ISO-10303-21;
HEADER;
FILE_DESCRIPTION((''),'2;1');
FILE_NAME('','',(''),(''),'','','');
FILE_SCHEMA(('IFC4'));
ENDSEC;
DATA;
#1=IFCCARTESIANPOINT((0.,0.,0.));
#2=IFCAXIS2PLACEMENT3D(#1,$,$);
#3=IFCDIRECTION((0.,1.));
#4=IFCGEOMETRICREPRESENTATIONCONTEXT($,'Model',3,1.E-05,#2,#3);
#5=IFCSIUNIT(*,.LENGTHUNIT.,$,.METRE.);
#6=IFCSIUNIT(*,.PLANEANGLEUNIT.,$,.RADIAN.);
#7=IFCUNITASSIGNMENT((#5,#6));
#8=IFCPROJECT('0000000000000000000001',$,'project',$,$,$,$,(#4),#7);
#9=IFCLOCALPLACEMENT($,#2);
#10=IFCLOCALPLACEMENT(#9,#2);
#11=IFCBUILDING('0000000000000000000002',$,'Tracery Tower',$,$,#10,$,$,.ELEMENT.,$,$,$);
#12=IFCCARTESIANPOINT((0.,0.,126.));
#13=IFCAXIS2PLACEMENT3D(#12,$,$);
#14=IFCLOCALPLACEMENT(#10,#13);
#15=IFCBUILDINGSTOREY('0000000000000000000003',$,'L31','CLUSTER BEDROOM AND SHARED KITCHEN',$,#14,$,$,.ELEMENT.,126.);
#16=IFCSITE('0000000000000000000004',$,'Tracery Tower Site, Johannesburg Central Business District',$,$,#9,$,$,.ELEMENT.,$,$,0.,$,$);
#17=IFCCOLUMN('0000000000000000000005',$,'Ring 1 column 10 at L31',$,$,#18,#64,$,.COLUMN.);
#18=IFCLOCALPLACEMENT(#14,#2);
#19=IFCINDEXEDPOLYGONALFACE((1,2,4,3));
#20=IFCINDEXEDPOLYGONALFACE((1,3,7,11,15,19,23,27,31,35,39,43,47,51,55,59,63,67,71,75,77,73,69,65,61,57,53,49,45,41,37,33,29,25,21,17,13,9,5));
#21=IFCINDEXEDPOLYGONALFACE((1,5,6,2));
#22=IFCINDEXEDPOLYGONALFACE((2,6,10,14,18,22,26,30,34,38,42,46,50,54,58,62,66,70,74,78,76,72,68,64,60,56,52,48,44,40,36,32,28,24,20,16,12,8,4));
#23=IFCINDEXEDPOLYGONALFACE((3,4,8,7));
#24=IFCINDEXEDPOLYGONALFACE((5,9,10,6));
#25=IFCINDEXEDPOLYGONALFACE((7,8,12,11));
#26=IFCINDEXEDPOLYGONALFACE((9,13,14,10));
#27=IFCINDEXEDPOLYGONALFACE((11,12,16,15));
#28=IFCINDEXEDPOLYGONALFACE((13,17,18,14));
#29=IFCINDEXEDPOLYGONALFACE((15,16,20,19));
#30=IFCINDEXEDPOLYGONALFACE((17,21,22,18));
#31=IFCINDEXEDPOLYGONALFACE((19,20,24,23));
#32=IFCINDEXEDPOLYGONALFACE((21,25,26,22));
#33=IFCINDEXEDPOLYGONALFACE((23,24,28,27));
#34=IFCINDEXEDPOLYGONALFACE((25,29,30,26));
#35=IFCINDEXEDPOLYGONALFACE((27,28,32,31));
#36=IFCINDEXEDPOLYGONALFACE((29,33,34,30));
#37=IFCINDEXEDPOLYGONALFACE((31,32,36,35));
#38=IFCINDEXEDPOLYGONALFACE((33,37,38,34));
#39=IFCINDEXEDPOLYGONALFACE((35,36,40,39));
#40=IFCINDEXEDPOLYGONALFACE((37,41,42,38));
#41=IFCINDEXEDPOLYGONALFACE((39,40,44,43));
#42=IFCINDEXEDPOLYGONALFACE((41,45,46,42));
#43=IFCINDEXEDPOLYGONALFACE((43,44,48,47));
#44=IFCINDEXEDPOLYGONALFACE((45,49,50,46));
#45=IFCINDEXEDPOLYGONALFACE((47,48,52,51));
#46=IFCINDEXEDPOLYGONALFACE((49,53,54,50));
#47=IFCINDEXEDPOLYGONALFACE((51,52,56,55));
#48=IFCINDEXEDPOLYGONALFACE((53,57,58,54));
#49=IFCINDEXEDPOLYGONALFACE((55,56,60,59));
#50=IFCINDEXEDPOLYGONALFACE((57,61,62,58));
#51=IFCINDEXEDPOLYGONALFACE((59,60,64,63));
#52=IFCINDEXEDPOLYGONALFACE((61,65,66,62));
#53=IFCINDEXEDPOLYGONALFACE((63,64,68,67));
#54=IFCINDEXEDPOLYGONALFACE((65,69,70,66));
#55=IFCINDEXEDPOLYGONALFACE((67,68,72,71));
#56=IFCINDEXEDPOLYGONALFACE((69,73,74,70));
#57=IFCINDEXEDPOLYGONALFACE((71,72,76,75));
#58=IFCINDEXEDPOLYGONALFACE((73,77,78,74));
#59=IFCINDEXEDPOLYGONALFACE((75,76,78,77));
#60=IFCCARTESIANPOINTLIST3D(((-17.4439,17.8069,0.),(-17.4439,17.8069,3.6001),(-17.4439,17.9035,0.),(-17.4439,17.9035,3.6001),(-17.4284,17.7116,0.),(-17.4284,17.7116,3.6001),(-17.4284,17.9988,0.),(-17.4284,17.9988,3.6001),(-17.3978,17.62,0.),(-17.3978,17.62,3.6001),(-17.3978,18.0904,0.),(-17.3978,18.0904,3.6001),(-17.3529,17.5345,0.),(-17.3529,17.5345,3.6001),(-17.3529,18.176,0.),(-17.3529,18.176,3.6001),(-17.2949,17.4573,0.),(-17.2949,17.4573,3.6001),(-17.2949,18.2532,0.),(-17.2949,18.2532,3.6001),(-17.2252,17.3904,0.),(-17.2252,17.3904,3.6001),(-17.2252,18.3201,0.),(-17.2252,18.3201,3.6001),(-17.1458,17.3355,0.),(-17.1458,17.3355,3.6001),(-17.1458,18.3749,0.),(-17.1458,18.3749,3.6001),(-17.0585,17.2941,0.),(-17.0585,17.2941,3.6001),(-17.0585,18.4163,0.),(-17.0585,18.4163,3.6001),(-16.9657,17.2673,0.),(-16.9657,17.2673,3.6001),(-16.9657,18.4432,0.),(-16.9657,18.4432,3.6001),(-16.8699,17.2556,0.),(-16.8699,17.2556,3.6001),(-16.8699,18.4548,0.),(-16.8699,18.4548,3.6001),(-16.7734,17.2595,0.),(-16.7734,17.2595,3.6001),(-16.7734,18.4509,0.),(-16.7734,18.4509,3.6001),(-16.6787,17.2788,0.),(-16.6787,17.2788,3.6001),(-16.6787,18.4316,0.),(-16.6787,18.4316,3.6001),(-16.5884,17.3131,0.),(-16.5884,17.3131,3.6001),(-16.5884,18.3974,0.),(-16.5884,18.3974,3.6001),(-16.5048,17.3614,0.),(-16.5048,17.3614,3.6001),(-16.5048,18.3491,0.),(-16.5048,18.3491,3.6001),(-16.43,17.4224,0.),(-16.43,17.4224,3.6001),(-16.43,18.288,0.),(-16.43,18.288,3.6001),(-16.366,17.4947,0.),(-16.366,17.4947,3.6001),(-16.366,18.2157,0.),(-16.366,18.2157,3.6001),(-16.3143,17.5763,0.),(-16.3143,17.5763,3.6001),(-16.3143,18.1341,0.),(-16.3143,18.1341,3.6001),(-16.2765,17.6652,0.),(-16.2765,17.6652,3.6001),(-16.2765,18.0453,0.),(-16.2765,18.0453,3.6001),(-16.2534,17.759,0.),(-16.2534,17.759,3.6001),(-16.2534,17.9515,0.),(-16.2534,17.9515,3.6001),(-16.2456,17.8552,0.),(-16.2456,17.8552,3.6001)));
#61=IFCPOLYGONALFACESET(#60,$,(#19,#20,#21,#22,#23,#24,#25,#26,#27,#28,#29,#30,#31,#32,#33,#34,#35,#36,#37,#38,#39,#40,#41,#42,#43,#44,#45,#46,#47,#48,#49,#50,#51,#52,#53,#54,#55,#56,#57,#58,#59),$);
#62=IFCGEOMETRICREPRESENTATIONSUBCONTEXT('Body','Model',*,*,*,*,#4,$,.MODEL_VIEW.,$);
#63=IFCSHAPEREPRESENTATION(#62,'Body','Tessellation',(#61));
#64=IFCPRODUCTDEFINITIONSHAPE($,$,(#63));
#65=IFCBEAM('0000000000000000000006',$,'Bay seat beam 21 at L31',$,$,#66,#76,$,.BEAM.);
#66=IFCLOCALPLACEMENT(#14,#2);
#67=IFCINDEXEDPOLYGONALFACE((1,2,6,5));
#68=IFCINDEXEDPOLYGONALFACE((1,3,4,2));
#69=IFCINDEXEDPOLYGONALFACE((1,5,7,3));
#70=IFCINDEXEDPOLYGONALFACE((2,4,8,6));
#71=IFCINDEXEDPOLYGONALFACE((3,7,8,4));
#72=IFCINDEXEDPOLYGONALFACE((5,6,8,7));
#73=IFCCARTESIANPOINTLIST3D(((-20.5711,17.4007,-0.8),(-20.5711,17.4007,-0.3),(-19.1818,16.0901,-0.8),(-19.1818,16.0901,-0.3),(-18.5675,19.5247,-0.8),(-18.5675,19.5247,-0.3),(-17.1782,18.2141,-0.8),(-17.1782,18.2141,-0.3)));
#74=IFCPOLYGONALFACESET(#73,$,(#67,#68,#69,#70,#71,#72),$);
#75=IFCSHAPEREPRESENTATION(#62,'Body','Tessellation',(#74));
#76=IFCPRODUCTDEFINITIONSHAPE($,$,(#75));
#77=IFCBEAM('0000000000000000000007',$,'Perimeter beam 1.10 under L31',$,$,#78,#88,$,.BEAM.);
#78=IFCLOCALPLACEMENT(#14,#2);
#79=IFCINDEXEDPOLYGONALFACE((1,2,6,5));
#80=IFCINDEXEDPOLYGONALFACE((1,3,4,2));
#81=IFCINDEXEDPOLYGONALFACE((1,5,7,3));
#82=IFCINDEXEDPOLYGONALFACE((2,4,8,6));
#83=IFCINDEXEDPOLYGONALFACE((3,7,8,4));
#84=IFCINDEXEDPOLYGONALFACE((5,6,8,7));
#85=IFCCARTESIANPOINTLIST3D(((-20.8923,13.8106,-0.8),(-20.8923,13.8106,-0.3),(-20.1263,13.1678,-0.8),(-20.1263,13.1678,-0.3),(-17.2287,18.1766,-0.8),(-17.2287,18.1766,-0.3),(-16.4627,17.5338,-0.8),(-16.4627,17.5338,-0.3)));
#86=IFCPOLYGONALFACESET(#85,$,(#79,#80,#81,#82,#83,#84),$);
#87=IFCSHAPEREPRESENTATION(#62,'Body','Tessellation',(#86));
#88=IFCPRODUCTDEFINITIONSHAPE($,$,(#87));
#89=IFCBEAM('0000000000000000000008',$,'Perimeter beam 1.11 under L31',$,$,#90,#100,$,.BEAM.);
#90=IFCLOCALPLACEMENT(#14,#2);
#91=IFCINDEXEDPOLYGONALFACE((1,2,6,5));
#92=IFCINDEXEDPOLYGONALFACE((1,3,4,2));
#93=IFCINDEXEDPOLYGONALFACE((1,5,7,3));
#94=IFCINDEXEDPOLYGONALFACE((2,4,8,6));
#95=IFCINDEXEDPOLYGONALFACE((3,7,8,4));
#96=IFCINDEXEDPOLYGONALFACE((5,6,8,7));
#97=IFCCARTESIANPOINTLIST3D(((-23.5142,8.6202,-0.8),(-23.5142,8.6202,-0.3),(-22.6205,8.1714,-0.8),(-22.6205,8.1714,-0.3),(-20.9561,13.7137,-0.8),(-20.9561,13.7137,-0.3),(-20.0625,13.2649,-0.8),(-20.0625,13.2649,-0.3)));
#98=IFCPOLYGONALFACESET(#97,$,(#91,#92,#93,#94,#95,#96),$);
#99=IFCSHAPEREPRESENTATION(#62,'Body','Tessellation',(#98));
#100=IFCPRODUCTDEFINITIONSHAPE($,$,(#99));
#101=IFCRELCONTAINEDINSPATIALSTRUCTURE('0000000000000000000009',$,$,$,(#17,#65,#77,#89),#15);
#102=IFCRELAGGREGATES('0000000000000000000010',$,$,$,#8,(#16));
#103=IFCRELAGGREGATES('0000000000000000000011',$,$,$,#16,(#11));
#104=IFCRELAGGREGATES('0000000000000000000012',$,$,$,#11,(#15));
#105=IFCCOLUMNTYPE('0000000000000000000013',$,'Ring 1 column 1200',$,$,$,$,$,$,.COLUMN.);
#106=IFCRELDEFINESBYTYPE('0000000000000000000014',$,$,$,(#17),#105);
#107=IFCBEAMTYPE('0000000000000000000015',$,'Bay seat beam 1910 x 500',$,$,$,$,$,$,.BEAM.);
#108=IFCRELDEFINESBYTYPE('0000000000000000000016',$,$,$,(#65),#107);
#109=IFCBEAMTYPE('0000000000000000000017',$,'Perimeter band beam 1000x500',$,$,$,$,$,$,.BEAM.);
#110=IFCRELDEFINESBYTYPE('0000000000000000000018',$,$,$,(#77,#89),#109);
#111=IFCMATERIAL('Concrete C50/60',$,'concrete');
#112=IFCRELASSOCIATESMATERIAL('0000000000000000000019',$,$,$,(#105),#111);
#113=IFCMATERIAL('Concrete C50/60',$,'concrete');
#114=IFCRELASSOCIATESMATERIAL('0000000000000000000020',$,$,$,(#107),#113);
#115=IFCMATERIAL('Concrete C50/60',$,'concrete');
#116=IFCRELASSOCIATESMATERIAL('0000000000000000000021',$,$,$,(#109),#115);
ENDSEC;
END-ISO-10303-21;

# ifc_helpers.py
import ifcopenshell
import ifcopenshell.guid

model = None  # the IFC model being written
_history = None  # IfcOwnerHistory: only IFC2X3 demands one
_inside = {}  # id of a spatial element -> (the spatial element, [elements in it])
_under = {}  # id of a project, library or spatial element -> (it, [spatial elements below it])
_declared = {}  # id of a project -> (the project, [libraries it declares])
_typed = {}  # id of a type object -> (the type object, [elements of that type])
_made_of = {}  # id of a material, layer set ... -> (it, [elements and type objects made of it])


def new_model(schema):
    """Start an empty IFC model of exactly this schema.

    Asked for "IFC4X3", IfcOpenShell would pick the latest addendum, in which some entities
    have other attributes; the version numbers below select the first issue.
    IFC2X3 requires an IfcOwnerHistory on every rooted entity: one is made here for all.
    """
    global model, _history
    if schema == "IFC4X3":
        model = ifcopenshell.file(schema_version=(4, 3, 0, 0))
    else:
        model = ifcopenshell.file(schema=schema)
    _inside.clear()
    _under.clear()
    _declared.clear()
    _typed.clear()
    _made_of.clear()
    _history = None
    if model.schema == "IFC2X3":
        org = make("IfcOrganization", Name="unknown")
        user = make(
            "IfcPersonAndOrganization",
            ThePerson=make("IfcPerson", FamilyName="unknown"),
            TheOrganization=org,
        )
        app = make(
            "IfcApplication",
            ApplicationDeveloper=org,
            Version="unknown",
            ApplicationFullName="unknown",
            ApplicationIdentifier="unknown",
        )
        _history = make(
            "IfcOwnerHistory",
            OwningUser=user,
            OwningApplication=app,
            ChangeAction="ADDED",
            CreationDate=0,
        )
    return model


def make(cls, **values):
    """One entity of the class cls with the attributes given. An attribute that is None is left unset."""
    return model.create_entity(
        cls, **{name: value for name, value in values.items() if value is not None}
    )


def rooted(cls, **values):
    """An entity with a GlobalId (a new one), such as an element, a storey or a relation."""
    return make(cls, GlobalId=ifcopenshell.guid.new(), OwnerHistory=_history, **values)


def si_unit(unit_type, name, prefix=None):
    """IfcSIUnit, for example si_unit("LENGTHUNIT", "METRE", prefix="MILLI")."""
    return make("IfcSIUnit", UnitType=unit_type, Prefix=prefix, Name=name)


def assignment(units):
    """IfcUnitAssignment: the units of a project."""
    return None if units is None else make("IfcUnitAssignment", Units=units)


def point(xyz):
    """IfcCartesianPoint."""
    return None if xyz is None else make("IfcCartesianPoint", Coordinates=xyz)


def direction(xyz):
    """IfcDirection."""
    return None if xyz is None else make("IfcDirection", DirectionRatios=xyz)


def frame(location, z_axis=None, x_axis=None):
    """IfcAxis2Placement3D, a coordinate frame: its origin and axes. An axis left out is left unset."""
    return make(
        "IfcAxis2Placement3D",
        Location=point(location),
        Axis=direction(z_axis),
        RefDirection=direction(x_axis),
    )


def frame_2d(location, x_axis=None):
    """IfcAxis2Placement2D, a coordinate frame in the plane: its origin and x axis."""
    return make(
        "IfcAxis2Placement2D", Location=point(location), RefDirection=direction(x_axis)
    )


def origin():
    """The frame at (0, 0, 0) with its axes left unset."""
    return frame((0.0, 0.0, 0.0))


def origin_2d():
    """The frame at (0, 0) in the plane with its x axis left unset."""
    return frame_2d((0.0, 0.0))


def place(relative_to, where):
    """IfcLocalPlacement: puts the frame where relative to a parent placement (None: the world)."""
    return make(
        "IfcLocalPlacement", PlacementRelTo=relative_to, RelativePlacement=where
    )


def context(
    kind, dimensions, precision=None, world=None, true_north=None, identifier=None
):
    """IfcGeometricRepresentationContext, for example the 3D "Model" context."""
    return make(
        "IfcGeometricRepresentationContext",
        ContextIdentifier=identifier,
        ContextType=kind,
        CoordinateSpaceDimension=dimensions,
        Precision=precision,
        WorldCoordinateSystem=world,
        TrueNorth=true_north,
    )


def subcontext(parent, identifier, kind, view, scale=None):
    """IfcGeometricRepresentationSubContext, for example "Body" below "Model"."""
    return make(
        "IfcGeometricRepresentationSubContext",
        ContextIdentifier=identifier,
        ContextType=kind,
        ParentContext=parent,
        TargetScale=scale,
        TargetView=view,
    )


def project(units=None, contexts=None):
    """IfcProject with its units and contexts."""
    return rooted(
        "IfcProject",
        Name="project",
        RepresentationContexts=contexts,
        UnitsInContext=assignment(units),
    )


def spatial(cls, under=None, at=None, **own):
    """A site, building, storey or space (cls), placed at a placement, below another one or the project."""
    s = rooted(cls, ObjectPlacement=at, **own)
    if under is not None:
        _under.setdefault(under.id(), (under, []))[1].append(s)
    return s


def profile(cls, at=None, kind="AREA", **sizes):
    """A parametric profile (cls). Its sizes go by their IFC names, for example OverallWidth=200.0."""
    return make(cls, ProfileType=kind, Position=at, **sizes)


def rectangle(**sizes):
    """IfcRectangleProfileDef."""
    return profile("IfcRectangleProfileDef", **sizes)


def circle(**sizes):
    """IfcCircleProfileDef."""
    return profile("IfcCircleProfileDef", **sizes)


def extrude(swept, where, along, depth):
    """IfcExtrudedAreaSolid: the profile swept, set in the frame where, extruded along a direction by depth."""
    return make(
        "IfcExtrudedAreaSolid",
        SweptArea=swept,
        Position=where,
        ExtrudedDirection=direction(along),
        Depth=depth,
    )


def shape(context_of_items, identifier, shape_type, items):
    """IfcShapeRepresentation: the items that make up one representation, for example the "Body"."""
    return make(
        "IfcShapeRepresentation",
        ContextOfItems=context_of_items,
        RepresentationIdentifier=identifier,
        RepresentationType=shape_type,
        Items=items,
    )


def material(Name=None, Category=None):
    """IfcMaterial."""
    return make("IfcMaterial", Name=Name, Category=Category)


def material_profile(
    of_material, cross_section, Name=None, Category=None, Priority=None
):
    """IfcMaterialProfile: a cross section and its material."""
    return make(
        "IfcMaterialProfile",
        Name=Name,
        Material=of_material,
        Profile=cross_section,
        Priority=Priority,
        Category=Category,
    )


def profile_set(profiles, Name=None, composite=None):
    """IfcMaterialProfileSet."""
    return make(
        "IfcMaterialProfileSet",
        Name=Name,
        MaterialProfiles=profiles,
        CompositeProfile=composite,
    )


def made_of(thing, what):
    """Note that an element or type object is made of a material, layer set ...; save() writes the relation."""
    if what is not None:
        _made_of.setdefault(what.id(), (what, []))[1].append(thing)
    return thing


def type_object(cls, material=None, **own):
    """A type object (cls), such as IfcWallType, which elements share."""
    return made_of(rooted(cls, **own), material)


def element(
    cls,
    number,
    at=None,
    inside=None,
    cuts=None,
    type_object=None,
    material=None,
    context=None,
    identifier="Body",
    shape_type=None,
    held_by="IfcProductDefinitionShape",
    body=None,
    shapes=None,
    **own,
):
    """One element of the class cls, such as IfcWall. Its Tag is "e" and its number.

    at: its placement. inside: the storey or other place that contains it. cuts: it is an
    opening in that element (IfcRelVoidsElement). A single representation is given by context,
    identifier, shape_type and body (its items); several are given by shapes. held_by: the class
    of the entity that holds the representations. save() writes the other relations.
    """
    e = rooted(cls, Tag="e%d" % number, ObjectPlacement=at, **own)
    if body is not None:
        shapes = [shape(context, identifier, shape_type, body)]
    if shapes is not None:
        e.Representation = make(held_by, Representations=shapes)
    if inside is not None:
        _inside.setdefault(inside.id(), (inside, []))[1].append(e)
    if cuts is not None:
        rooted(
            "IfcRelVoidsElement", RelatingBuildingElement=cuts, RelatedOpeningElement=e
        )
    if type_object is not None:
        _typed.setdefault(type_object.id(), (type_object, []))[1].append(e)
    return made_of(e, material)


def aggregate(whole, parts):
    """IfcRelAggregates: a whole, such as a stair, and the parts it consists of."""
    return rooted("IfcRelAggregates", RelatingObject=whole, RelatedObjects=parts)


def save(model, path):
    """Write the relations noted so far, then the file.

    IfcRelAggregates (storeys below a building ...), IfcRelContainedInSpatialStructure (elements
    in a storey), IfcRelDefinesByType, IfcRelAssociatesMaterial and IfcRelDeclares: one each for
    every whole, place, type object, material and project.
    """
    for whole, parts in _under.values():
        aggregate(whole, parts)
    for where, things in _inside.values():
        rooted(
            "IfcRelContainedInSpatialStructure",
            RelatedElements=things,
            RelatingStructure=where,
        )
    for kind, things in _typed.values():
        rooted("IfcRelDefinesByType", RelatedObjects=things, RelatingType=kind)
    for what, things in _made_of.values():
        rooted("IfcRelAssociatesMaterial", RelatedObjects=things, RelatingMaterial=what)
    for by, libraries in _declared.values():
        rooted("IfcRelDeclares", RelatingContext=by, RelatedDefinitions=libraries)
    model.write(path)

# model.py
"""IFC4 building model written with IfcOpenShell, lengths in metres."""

from ifc_helpers import new_model, si_unit, direction, frame, origin, origin_2d, place, context, subcontext, project, spatial, rectangle, circle, extrude, material, material_profile, profile_set, type_object, element, save


model = new_model("IFC4")

# Units and contexts
model_context = context("Model", 3, precision=1e-05, world=origin(), true_north=direction((0.0, 1.0)))
body_context = subcontext(model_context, "Body", "Model", "MODEL_VIEW")
ifc_project = project(units=[si_unit("LENGTHUNIT", "METRE"), si_unit("PLANEANGLEUNIT", "RADIAN")], contexts=[model_context])

# Site, building, storey
site_placement = place(None, origin())
site = spatial("IfcSite", under=ifc_project, at=site_placement, Name="Tracery Tower Site, Johannesburg Central Business District", CompositionType="ELEMENT", RefElevation=0.0)
building_placement = place(site_placement, origin())
building = spatial("IfcBuilding", under=site, at=building_placement, Name="Tracery Tower", CompositionType="ELEMENT")
storey_placement = place(building_placement, frame((0.0, 0.0, 126.0)))
storey = spatial("IfcBuildingStorey", under=building, at=storey_placement, Name="L31", Description="CLUSTER BEDROOM AND SHARED KITCHEN", CompositionType="ELEMENT", Elevation=126.0)

# Column
ifc_material_1 = material(Name="Concrete C50/60", Category="concrete")
ifc_material_profile_1 = material_profile(ifc_material_1, circle(Radius=0.6001, at=origin_2d()), Name="RC D1200")
ifc_profile_set_1 = profile_set([ifc_material_profile_1], Name="Concrete C50/60")
column_type = type_object("IfcColumnType", Name="Ring 1 column 1200", PredefinedType="COLUMN", material=ifc_profile_set_1)
column_placement = place(storey_placement, frame((-16.8457, 17.8552, 0.0), z_axis=(0.0, 0.0, 1.0), x_axis=(1.0, 0.0, 0.0)))
element("IfcColumn", 1, at=column_placement, inside=storey, type_object=column_type, Name="Ring 1 column 10 at L31", PredefinedType="COLUMN", context=body_context, shape_type="SweptSolid", body=[
    extrude(circle(Radius=0.6001, at=origin_2d()), origin(), (0.0, 0.0, 1.0), 3.6001),
])

# Beams
ifc_material_2 = material(Name="Concrete C50/60", Category="concrete")
ifc_material_profile_2 = material_profile(ifc_material_2, rectangle(XDim=1.9099, YDim=0.5, at=origin_2d()), Name="RC 1910x500")
ifc_profile_set_2 = profile_set([ifc_material_profile_2], Name="Concrete C50/60")
beam_type_1 = type_object("IfcBeamType", Name="Bay seat beam 1910 x 500", PredefinedType="BEAM", material=ifc_profile_set_2)
beam_1_placement = place(storey_placement, frame((-17.8728, 18.8694, -0.55), z_axis=(-0.686196, -0.727416, 0.0), x_axis=(0.727416, -0.686196, 0.0)))
element("IfcBeam", 2, at=beam_1_placement, inside=storey, type_object=beam_type_1, Name="Bay seat beam 21 at L31", PredefinedType="BEAM", context=body_context, shape_type="SweptSolid", body=[
    extrude(rectangle(XDim=1.9099, YDim=0.5, at=origin_2d()), origin(), (0.0, 0.0, 1.0), 2.9199),
])
ifc_material_3 = material(Name="Concrete C50/60", Category="concrete")
ifc_material_profile_3 = material_profile(ifc_material_3, rectangle(XDim=1.0, YDim=0.5, at=origin_2d()), Name="RC 1000x500")
ifc_profile_set_3 = profile_set([ifc_material_profile_3], Name="Concrete C50/60")
beam_type_2 = type_object("IfcBeamType", Name="Perimeter band beam 1000x500", PredefinedType="BEAM", material=ifc_profile_set_3)
beam_2_placement = place(storey_placement, frame((-16.8457, 17.8552, -0.55), z_axis=(-0.642797, -0.766036, 0.0), x_axis=(0.766036, -0.642797, 0.0)))
element("IfcBeam", 3, at=beam_2_placement, inside=storey, type_object=beam_type_2, Name="Perimeter beam 1.10 under L31", PredefinedType="BEAM", context=body_context, shape_type="SweptSolid", body=[
    extrude(rectangle(XDim=1.0, YDim=0.5, at=origin_2d()), origin(), (0.0, 0.0, 1.0), 5.6995),
])
beam_3_placement = place(storey_placement, frame((-20.5093, 13.4893, -0.55), z_axis=(-0.448806, -0.893629, 0.0), x_axis=(0.893629, -0.448806, 0.0)))
element("IfcBeam", 4, at=beam_3_placement, inside=storey, type_object=beam_type_2, Name="Perimeter beam 1.11 under L31", PredefinedType="BEAM", context=body_context, shape_type="SweptSolid", body=[
    extrude(rectangle(XDim=1.0, YDim=0.5, at=origin_2d()), origin(), (0.0, 0.0, 1.0), 5.6997),
])

save(model, "model.ifc")
